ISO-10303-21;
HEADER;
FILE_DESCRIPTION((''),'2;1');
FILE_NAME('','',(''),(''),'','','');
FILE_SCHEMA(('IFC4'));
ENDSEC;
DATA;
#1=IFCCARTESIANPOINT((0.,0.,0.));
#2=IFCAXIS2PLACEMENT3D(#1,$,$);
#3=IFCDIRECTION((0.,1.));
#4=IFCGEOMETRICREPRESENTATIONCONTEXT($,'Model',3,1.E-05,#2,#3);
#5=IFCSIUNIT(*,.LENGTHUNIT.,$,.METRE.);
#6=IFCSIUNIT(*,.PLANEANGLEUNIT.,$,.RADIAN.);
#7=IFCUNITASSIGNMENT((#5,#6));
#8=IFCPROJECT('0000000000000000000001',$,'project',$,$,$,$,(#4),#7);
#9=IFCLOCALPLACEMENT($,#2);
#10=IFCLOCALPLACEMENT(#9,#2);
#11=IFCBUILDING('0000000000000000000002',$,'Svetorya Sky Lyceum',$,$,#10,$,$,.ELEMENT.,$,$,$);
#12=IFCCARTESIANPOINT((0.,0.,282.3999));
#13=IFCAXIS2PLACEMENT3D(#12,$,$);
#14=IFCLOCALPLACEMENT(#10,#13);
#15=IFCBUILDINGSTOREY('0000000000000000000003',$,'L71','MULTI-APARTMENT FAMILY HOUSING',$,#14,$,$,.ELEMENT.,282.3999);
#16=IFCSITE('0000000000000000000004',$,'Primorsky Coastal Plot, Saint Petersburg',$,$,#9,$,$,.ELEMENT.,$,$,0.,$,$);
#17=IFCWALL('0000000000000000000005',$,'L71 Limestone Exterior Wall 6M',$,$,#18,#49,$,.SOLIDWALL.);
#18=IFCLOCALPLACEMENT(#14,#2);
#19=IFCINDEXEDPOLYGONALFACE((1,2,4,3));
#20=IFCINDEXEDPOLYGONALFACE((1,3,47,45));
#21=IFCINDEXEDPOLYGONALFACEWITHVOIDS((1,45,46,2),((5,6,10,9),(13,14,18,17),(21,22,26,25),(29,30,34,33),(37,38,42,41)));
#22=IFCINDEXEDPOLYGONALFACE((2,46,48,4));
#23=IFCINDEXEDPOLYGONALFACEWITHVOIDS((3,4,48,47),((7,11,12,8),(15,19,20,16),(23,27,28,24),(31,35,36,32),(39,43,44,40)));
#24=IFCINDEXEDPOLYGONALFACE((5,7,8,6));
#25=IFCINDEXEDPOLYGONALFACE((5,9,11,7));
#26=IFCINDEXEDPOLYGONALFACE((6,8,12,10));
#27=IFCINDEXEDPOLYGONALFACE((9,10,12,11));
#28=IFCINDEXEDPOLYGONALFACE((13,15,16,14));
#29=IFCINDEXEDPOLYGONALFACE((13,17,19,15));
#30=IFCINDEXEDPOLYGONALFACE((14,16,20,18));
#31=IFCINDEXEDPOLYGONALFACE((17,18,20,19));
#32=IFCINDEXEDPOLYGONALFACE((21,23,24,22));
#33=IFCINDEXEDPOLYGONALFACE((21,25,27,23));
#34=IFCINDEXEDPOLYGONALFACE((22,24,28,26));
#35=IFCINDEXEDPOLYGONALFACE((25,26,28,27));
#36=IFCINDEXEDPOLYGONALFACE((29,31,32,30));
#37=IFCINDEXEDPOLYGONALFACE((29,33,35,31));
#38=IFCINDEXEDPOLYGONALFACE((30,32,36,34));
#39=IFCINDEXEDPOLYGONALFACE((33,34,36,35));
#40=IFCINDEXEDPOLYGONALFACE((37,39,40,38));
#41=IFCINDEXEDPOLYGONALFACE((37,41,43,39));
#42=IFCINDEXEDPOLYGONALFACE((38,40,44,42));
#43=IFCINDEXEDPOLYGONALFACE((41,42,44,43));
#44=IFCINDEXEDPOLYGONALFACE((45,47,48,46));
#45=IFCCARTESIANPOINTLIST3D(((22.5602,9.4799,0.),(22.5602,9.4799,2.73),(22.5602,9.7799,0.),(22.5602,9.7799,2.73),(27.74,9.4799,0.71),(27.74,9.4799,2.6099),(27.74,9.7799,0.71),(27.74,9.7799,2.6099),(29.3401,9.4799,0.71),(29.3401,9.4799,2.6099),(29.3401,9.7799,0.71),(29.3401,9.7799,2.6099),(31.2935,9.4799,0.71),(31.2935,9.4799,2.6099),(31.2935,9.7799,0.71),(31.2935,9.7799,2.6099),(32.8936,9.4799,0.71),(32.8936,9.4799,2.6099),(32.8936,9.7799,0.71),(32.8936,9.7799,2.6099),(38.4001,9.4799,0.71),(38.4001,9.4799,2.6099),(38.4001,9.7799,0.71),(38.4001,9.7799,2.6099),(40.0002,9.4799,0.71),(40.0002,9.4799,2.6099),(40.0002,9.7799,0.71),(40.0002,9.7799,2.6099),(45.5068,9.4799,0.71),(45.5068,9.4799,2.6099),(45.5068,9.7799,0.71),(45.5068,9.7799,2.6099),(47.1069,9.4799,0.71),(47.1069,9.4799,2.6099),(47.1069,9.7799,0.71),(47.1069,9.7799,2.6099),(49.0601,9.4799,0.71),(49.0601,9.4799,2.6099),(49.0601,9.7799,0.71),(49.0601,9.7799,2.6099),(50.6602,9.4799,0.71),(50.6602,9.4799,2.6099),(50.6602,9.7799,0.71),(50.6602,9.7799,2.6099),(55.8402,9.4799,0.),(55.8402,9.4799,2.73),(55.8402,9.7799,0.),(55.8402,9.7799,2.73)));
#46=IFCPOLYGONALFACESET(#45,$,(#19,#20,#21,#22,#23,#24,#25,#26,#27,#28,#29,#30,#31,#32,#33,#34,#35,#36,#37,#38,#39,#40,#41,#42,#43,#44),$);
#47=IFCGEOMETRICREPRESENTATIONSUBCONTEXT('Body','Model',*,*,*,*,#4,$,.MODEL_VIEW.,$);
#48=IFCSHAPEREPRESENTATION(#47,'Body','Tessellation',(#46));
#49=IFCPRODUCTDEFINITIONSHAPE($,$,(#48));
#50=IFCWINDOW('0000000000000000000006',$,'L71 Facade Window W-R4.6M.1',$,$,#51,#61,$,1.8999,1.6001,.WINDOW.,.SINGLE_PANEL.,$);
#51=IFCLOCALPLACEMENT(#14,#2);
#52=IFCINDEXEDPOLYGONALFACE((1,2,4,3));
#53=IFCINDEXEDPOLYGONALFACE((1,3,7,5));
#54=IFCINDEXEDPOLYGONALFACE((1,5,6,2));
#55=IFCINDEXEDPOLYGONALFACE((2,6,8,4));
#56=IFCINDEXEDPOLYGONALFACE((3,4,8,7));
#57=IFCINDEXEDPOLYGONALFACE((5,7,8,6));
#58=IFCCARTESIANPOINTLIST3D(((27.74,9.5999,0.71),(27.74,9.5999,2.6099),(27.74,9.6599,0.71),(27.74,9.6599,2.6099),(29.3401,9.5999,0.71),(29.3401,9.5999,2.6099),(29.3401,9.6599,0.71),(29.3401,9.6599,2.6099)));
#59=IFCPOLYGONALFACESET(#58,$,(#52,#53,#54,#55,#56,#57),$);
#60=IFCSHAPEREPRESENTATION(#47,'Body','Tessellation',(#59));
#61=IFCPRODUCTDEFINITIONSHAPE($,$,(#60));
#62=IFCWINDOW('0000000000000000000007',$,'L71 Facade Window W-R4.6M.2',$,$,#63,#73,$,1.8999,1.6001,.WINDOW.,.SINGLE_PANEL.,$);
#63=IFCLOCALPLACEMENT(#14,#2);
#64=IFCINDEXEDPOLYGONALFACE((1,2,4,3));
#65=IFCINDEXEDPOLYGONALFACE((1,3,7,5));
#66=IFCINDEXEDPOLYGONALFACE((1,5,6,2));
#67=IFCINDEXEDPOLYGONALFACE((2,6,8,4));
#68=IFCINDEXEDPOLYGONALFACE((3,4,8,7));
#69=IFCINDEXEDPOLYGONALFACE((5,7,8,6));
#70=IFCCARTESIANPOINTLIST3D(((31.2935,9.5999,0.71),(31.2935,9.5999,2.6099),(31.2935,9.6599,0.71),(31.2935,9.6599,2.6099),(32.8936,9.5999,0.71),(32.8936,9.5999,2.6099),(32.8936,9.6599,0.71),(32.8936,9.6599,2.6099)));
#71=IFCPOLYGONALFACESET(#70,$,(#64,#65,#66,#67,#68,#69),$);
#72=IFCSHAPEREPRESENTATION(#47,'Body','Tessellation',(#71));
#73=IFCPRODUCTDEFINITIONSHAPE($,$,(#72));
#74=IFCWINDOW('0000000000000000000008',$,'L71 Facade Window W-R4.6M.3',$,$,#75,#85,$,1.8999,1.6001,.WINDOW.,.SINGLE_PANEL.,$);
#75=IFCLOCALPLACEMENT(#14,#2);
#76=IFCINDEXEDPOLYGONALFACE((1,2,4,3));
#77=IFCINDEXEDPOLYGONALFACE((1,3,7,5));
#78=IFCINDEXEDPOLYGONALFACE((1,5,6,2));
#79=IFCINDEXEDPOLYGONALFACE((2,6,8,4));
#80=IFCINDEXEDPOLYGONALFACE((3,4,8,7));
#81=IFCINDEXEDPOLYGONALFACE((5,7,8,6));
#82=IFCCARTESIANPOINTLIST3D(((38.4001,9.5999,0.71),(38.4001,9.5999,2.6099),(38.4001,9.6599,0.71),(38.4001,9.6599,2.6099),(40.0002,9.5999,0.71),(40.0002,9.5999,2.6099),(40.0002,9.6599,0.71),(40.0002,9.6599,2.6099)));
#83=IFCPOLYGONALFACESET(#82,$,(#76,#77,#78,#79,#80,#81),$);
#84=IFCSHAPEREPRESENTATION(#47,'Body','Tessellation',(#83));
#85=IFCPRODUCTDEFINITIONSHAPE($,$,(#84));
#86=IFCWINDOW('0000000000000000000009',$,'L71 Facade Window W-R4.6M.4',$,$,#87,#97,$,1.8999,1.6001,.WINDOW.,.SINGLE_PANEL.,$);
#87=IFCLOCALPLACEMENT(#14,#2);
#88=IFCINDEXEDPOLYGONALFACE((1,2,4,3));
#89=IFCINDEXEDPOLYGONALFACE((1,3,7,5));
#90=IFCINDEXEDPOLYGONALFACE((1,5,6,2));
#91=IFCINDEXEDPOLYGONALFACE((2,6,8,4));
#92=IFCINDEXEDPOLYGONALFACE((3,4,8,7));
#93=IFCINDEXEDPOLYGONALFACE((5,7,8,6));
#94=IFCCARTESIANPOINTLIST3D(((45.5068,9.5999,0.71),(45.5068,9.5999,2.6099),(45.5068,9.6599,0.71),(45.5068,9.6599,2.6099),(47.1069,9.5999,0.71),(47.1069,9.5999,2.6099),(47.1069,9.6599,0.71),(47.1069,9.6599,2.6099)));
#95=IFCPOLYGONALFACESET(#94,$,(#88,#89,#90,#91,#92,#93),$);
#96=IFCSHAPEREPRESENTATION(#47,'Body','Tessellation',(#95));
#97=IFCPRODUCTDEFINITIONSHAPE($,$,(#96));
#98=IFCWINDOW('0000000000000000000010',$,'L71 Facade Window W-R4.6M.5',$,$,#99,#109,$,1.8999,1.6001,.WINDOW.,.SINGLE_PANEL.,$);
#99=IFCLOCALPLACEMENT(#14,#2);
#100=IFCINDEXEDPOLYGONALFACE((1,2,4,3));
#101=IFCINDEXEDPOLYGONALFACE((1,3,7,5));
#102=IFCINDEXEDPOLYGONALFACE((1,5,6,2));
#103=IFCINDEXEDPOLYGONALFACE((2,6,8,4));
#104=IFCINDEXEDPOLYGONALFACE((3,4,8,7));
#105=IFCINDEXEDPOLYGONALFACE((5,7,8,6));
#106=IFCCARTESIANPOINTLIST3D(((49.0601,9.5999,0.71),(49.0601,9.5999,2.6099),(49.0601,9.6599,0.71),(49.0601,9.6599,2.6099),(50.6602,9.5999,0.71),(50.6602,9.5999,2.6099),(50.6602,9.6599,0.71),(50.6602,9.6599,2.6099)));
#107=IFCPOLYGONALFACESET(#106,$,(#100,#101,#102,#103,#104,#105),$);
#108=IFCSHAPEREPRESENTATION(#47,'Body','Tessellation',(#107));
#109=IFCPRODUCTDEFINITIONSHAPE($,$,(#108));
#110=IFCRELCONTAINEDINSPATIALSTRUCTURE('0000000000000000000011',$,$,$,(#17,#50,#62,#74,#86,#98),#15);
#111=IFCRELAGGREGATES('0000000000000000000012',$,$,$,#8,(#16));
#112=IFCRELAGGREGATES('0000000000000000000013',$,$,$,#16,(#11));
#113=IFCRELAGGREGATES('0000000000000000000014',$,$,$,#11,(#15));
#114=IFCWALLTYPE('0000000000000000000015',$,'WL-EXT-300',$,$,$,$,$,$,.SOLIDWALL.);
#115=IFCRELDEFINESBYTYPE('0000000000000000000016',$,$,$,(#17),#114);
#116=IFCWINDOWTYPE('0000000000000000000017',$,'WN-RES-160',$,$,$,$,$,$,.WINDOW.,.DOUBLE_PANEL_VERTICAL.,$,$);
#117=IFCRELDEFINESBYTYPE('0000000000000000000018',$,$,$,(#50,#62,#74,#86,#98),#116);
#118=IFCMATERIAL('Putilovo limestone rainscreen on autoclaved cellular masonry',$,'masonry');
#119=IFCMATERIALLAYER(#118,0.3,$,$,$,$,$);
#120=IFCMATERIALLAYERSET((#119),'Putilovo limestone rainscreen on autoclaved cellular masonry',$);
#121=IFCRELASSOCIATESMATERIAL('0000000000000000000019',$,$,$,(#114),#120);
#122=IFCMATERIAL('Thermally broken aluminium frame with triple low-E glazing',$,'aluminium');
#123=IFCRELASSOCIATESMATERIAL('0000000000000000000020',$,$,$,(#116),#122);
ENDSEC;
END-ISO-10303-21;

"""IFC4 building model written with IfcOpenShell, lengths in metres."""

from ifc_helpers import new_model, si_unit, direction, frame, frame_2d, origin, place, context, subcontext, project, spatial, rectangle, extrude, material, layer, layer_set, type_object, element, fill, save


model = new_model("IFC4")

# Units and contexts
model_context = context("Model", 3, precision=1e-05, world=origin(), true_north=direction((0.0, 1.0)))
body_context = subcontext(model_context, "Body", "Model", "MODEL_VIEW")
ifc_project = project(units=[si_unit("LENGTHUNIT", "METRE"), si_unit("PLANEANGLEUNIT", "RADIAN")], contexts=[model_context])

# Site, building, storey
site_placement = place(None, origin())
site = spatial("IfcSite", under=ifc_project, at=site_placement, Name="Primorsky Coastal Plot, Saint Petersburg", CompositionType="ELEMENT", RefElevation=0.0)
building_placement = place(site_placement, origin())
building = spatial("IfcBuilding", under=site, at=building_placement, Name="Svetorya Sky Lyceum", CompositionType="ELEMENT")
storey_placement = place(building_placement, frame((0.0, 0.0, 282.3999)))
storey = spatial("IfcBuildingStorey", under=building, at=storey_placement, Name="L71", Description="MULTI-APARTMENT FAMILY HOUSING", CompositionType="ELEMENT", Elevation=282.3999)

# Wall, openings, windows
ifc_material_1 = material(Name="Putilovo limestone rainscreen on autoclaved cellular masonry", Category="masonry")
ifc_layer_1 = layer(ifc_material_1, 0.3)
ifc_layer_set_1 = layer_set([ifc_layer_1], Name="Putilovo limestone rainscreen on autoclaved cellular masonry")
wall_type_1 = type_object("IfcWallType", Name="WL-EXT-300", PredefinedType="SOLIDWALL", material=ifc_layer_set_1)
wall_1_placement = place(storey_placement, frame((22.5601, 9.6299, 0.0), z_axis=(0.0, 0.0, 1.0), x_axis=(1.0, 0.0, 0.0)))
wall_1 = element("IfcWall", 1, at=wall_1_placement, inside=storey, type_object=wall_type_1, Name="L71 Limestone Exterior Wall 6M", PredefinedType="SOLIDWALL", context=body_context, shape_type="SweptSolid", body=[
    extrude(rectangle(XDim=33.28, YDim=0.3, at=frame_2d((16.6401, 0.0))), origin(), (0.0, 0.0, 1.0), 2.73),
])
opening_1_placement = place(wall_1_placement, frame((5.1799, 0.0, 0.71)))
opening_1 = element("IfcOpeningElement", 2, at=opening_1_placement, cuts=wall_1, PredefinedType="OPENING", context=body_context, shape_type="SweptSolid", body=[
    extrude(rectangle(XDim=1.6001, YDim=1.8999, at=frame_2d((0.8, 0.95))), frame((0.0, 0.1599, 0.0), z_axis=(0.0, -1.0, 0.0), x_axis=(1.0, 0.0, 0.0)), (0.0, 0.0, 1.0), 0.3201),
])
opening_2_placement = place(wall_1_placement, frame((8.7334, 0.0, 0.71)))
opening_2 = element("IfcOpeningElement", 3, at=opening_2_placement, cuts=wall_1, PredefinedType="OPENING", context=body_context, shape_type="SweptSolid", body=[
    extrude(rectangle(XDim=1.6001, YDim=1.8999, at=frame_2d((0.8, 0.95))), frame((0.0, 0.1599, 0.0), z_axis=(0.0, -1.0, 0.0), x_axis=(1.0, 0.0, 0.0)), (0.0, 0.0, 1.0), 0.3201),
])
opening_3_placement = place(wall_1_placement, frame((15.8401, 0.0, 0.71)))
opening_3 = element("IfcOpeningElement", 4, at=opening_3_placement, cuts=wall_1, PredefinedType="OPENING", context=body_context, shape_type="SweptSolid", body=[
    extrude(rectangle(XDim=1.6001, YDim=1.8999, at=frame_2d((0.8, 0.95))), frame((0.0, 0.1599, 0.0), z_axis=(0.0, -1.0, 0.0), x_axis=(1.0, 0.0, 0.0)), (0.0, 0.0, 1.0), 0.3201),
])
opening_4_placement = place(wall_1_placement, frame((22.9468, 0.0, 0.71)))
opening_4 = element("IfcOpeningElement", 5, at=opening_4_placement, cuts=wall_1, PredefinedType="OPENING", context=body_context, shape_type="SweptSolid", body=[
    extrude(rectangle(XDim=1.6001, YDim=1.8999, at=frame_2d((0.8, 0.95))), frame((0.0, 0.1599, 0.0), z_axis=(0.0, -1.0, 0.0), x_axis=(1.0, 0.0, 0.0)), (0.0, 0.0, 1.0), 0.3201),
])
opening_5_placement = place(wall_1_placement, frame((26.5, 0.0, 0.71)))
opening_5 = element("IfcOpeningElement", 6, at=opening_5_placement, cuts=wall_1, PredefinedType="OPENING", context=body_context, shape_type="SweptSolid", body=[
    extrude(rectangle(XDim=1.6001, YDim=1.8999, at=frame_2d((0.8, 0.95))), frame((0.0, 0.1599, 0.0), z_axis=(0.0, -1.0, 0.0), x_axis=(1.0, 0.0, 0.0)), (0.0, 0.0, 1.0), 0.3201),
])
ifc_material_2 = material(Name="Thermally broken aluminium frame with triple low-E glazing", Category="aluminium")
window_type = type_object("IfcWindowType", Name="WN-RES-160", PartitioningType="DOUBLE_PANEL_VERTICAL", PredefinedType="WINDOW", material=ifc_material_2)
window_1_placement = place(opening_1_placement, origin())
window_1 = element("IfcWindow", 7, at=window_1_placement, inside=storey, type_object=window_type, Name="L71 Facade Window W-R4.6M.1", OverallHeight=1.8999, OverallWidth=1.6001, PartitioningType="SINGLE_PANEL", PredefinedType="WINDOW", context=body_context, shape_type="SweptSolid", body=[
    extrude(rectangle(XDim=1.6001, YDim=1.8999, at=frame_2d((0.8, 0.95))), frame((0.0, 0.03, 0.0), z_axis=(0.0, -1.0, 0.0), x_axis=(1.0, 0.0, 0.0)), (0.0, 0.0, 1.0), 0.0601),
])
fill(opening_1, window_1)
window_2_placement = place(opening_2_placement, origin())
window_2 = element("IfcWindow", 8, at=window_2_placement, inside=storey, type_object=window_type, Name="L71 Facade Window W-R4.6M.2", OverallHeight=1.8999, OverallWidth=1.6001, PartitioningType="SINGLE_PANEL", PredefinedType="WINDOW", context=body_context, shape_type="SweptSolid", body=[
    extrude(rectangle(XDim=1.6001, YDim=1.8999, at=frame_2d((0.8, 0.95))), frame((0.0, 0.03, 0.0), z_axis=(0.0, -1.0, 0.0), x_axis=(1.0, 0.0, 0.0)), (0.0, 0.0, 1.0), 0.0601),
])
fill(opening_2, window_2)
window_3_placement = place(opening_3_placement, origin())
window_3 = element("IfcWindow", 9, at=window_3_placement, inside=storey, type_object=window_type, Name="L71 Facade Window W-R4.6M.3", OverallHeight=1.8999, OverallWidth=1.6001, PartitioningType="SINGLE_PANEL", PredefinedType="WINDOW", context=body_context, shape_type="SweptSolid", body=[
    extrude(rectangle(XDim=1.6001, YDim=1.8999, at=frame_2d((0.8, 0.95))), frame((0.0, 0.03, 0.0), z_axis=(0.0, -1.0, 0.0), x_axis=(1.0, 0.0, 0.0)), (0.0, 0.0, 1.0), 0.0601),
])
fill(opening_3, window_3)
window_4_placement = place(opening_4_placement, origin())
window_4 = element("IfcWindow", 10, at=window_4_placement, inside=storey, type_object=window_type, Name="L71 Facade Window W-R4.6M.4", OverallHeight=1.8999, OverallWidth=1.6001, PartitioningType="SINGLE_PANEL", PredefinedType="WINDOW", context=body_context, shape_type="SweptSolid", body=[
    extrude(rectangle(XDim=1.6001, YDim=1.8999, at=frame_2d((0.8, 0.95))), frame((0.0, 0.03, 0.0), z_axis=(0.0, -1.0, 0.0), x_axis=(1.0, 0.0, 0.0)), (0.0, 0.0, 1.0), 0.0601),
])
fill(opening_4, window_4)
window_5_placement = place(opening_5_placement, origin())
window_5 = element("IfcWindow", 11, at=window_5_placement, inside=storey, type_object=window_type, Name="L71 Facade Window W-R4.6M.5", OverallHeight=1.8999, OverallWidth=1.6001, PartitioningType="SINGLE_PANEL", PredefinedType="WINDOW", context=body_context, shape_type="SweptSolid", body=[
    extrude(rectangle(XDim=1.6001, YDim=1.8999, at=frame_2d((0.8, 0.95))), frame((0.0, 0.03, 0.0), z_axis=(0.0, -1.0, 0.0), x_axis=(1.0, 0.0, 0.0)), (0.0, 0.0, 1.0), 0.0601),
])
fill(opening_5, window_5)

save(model, "model.ifc")
